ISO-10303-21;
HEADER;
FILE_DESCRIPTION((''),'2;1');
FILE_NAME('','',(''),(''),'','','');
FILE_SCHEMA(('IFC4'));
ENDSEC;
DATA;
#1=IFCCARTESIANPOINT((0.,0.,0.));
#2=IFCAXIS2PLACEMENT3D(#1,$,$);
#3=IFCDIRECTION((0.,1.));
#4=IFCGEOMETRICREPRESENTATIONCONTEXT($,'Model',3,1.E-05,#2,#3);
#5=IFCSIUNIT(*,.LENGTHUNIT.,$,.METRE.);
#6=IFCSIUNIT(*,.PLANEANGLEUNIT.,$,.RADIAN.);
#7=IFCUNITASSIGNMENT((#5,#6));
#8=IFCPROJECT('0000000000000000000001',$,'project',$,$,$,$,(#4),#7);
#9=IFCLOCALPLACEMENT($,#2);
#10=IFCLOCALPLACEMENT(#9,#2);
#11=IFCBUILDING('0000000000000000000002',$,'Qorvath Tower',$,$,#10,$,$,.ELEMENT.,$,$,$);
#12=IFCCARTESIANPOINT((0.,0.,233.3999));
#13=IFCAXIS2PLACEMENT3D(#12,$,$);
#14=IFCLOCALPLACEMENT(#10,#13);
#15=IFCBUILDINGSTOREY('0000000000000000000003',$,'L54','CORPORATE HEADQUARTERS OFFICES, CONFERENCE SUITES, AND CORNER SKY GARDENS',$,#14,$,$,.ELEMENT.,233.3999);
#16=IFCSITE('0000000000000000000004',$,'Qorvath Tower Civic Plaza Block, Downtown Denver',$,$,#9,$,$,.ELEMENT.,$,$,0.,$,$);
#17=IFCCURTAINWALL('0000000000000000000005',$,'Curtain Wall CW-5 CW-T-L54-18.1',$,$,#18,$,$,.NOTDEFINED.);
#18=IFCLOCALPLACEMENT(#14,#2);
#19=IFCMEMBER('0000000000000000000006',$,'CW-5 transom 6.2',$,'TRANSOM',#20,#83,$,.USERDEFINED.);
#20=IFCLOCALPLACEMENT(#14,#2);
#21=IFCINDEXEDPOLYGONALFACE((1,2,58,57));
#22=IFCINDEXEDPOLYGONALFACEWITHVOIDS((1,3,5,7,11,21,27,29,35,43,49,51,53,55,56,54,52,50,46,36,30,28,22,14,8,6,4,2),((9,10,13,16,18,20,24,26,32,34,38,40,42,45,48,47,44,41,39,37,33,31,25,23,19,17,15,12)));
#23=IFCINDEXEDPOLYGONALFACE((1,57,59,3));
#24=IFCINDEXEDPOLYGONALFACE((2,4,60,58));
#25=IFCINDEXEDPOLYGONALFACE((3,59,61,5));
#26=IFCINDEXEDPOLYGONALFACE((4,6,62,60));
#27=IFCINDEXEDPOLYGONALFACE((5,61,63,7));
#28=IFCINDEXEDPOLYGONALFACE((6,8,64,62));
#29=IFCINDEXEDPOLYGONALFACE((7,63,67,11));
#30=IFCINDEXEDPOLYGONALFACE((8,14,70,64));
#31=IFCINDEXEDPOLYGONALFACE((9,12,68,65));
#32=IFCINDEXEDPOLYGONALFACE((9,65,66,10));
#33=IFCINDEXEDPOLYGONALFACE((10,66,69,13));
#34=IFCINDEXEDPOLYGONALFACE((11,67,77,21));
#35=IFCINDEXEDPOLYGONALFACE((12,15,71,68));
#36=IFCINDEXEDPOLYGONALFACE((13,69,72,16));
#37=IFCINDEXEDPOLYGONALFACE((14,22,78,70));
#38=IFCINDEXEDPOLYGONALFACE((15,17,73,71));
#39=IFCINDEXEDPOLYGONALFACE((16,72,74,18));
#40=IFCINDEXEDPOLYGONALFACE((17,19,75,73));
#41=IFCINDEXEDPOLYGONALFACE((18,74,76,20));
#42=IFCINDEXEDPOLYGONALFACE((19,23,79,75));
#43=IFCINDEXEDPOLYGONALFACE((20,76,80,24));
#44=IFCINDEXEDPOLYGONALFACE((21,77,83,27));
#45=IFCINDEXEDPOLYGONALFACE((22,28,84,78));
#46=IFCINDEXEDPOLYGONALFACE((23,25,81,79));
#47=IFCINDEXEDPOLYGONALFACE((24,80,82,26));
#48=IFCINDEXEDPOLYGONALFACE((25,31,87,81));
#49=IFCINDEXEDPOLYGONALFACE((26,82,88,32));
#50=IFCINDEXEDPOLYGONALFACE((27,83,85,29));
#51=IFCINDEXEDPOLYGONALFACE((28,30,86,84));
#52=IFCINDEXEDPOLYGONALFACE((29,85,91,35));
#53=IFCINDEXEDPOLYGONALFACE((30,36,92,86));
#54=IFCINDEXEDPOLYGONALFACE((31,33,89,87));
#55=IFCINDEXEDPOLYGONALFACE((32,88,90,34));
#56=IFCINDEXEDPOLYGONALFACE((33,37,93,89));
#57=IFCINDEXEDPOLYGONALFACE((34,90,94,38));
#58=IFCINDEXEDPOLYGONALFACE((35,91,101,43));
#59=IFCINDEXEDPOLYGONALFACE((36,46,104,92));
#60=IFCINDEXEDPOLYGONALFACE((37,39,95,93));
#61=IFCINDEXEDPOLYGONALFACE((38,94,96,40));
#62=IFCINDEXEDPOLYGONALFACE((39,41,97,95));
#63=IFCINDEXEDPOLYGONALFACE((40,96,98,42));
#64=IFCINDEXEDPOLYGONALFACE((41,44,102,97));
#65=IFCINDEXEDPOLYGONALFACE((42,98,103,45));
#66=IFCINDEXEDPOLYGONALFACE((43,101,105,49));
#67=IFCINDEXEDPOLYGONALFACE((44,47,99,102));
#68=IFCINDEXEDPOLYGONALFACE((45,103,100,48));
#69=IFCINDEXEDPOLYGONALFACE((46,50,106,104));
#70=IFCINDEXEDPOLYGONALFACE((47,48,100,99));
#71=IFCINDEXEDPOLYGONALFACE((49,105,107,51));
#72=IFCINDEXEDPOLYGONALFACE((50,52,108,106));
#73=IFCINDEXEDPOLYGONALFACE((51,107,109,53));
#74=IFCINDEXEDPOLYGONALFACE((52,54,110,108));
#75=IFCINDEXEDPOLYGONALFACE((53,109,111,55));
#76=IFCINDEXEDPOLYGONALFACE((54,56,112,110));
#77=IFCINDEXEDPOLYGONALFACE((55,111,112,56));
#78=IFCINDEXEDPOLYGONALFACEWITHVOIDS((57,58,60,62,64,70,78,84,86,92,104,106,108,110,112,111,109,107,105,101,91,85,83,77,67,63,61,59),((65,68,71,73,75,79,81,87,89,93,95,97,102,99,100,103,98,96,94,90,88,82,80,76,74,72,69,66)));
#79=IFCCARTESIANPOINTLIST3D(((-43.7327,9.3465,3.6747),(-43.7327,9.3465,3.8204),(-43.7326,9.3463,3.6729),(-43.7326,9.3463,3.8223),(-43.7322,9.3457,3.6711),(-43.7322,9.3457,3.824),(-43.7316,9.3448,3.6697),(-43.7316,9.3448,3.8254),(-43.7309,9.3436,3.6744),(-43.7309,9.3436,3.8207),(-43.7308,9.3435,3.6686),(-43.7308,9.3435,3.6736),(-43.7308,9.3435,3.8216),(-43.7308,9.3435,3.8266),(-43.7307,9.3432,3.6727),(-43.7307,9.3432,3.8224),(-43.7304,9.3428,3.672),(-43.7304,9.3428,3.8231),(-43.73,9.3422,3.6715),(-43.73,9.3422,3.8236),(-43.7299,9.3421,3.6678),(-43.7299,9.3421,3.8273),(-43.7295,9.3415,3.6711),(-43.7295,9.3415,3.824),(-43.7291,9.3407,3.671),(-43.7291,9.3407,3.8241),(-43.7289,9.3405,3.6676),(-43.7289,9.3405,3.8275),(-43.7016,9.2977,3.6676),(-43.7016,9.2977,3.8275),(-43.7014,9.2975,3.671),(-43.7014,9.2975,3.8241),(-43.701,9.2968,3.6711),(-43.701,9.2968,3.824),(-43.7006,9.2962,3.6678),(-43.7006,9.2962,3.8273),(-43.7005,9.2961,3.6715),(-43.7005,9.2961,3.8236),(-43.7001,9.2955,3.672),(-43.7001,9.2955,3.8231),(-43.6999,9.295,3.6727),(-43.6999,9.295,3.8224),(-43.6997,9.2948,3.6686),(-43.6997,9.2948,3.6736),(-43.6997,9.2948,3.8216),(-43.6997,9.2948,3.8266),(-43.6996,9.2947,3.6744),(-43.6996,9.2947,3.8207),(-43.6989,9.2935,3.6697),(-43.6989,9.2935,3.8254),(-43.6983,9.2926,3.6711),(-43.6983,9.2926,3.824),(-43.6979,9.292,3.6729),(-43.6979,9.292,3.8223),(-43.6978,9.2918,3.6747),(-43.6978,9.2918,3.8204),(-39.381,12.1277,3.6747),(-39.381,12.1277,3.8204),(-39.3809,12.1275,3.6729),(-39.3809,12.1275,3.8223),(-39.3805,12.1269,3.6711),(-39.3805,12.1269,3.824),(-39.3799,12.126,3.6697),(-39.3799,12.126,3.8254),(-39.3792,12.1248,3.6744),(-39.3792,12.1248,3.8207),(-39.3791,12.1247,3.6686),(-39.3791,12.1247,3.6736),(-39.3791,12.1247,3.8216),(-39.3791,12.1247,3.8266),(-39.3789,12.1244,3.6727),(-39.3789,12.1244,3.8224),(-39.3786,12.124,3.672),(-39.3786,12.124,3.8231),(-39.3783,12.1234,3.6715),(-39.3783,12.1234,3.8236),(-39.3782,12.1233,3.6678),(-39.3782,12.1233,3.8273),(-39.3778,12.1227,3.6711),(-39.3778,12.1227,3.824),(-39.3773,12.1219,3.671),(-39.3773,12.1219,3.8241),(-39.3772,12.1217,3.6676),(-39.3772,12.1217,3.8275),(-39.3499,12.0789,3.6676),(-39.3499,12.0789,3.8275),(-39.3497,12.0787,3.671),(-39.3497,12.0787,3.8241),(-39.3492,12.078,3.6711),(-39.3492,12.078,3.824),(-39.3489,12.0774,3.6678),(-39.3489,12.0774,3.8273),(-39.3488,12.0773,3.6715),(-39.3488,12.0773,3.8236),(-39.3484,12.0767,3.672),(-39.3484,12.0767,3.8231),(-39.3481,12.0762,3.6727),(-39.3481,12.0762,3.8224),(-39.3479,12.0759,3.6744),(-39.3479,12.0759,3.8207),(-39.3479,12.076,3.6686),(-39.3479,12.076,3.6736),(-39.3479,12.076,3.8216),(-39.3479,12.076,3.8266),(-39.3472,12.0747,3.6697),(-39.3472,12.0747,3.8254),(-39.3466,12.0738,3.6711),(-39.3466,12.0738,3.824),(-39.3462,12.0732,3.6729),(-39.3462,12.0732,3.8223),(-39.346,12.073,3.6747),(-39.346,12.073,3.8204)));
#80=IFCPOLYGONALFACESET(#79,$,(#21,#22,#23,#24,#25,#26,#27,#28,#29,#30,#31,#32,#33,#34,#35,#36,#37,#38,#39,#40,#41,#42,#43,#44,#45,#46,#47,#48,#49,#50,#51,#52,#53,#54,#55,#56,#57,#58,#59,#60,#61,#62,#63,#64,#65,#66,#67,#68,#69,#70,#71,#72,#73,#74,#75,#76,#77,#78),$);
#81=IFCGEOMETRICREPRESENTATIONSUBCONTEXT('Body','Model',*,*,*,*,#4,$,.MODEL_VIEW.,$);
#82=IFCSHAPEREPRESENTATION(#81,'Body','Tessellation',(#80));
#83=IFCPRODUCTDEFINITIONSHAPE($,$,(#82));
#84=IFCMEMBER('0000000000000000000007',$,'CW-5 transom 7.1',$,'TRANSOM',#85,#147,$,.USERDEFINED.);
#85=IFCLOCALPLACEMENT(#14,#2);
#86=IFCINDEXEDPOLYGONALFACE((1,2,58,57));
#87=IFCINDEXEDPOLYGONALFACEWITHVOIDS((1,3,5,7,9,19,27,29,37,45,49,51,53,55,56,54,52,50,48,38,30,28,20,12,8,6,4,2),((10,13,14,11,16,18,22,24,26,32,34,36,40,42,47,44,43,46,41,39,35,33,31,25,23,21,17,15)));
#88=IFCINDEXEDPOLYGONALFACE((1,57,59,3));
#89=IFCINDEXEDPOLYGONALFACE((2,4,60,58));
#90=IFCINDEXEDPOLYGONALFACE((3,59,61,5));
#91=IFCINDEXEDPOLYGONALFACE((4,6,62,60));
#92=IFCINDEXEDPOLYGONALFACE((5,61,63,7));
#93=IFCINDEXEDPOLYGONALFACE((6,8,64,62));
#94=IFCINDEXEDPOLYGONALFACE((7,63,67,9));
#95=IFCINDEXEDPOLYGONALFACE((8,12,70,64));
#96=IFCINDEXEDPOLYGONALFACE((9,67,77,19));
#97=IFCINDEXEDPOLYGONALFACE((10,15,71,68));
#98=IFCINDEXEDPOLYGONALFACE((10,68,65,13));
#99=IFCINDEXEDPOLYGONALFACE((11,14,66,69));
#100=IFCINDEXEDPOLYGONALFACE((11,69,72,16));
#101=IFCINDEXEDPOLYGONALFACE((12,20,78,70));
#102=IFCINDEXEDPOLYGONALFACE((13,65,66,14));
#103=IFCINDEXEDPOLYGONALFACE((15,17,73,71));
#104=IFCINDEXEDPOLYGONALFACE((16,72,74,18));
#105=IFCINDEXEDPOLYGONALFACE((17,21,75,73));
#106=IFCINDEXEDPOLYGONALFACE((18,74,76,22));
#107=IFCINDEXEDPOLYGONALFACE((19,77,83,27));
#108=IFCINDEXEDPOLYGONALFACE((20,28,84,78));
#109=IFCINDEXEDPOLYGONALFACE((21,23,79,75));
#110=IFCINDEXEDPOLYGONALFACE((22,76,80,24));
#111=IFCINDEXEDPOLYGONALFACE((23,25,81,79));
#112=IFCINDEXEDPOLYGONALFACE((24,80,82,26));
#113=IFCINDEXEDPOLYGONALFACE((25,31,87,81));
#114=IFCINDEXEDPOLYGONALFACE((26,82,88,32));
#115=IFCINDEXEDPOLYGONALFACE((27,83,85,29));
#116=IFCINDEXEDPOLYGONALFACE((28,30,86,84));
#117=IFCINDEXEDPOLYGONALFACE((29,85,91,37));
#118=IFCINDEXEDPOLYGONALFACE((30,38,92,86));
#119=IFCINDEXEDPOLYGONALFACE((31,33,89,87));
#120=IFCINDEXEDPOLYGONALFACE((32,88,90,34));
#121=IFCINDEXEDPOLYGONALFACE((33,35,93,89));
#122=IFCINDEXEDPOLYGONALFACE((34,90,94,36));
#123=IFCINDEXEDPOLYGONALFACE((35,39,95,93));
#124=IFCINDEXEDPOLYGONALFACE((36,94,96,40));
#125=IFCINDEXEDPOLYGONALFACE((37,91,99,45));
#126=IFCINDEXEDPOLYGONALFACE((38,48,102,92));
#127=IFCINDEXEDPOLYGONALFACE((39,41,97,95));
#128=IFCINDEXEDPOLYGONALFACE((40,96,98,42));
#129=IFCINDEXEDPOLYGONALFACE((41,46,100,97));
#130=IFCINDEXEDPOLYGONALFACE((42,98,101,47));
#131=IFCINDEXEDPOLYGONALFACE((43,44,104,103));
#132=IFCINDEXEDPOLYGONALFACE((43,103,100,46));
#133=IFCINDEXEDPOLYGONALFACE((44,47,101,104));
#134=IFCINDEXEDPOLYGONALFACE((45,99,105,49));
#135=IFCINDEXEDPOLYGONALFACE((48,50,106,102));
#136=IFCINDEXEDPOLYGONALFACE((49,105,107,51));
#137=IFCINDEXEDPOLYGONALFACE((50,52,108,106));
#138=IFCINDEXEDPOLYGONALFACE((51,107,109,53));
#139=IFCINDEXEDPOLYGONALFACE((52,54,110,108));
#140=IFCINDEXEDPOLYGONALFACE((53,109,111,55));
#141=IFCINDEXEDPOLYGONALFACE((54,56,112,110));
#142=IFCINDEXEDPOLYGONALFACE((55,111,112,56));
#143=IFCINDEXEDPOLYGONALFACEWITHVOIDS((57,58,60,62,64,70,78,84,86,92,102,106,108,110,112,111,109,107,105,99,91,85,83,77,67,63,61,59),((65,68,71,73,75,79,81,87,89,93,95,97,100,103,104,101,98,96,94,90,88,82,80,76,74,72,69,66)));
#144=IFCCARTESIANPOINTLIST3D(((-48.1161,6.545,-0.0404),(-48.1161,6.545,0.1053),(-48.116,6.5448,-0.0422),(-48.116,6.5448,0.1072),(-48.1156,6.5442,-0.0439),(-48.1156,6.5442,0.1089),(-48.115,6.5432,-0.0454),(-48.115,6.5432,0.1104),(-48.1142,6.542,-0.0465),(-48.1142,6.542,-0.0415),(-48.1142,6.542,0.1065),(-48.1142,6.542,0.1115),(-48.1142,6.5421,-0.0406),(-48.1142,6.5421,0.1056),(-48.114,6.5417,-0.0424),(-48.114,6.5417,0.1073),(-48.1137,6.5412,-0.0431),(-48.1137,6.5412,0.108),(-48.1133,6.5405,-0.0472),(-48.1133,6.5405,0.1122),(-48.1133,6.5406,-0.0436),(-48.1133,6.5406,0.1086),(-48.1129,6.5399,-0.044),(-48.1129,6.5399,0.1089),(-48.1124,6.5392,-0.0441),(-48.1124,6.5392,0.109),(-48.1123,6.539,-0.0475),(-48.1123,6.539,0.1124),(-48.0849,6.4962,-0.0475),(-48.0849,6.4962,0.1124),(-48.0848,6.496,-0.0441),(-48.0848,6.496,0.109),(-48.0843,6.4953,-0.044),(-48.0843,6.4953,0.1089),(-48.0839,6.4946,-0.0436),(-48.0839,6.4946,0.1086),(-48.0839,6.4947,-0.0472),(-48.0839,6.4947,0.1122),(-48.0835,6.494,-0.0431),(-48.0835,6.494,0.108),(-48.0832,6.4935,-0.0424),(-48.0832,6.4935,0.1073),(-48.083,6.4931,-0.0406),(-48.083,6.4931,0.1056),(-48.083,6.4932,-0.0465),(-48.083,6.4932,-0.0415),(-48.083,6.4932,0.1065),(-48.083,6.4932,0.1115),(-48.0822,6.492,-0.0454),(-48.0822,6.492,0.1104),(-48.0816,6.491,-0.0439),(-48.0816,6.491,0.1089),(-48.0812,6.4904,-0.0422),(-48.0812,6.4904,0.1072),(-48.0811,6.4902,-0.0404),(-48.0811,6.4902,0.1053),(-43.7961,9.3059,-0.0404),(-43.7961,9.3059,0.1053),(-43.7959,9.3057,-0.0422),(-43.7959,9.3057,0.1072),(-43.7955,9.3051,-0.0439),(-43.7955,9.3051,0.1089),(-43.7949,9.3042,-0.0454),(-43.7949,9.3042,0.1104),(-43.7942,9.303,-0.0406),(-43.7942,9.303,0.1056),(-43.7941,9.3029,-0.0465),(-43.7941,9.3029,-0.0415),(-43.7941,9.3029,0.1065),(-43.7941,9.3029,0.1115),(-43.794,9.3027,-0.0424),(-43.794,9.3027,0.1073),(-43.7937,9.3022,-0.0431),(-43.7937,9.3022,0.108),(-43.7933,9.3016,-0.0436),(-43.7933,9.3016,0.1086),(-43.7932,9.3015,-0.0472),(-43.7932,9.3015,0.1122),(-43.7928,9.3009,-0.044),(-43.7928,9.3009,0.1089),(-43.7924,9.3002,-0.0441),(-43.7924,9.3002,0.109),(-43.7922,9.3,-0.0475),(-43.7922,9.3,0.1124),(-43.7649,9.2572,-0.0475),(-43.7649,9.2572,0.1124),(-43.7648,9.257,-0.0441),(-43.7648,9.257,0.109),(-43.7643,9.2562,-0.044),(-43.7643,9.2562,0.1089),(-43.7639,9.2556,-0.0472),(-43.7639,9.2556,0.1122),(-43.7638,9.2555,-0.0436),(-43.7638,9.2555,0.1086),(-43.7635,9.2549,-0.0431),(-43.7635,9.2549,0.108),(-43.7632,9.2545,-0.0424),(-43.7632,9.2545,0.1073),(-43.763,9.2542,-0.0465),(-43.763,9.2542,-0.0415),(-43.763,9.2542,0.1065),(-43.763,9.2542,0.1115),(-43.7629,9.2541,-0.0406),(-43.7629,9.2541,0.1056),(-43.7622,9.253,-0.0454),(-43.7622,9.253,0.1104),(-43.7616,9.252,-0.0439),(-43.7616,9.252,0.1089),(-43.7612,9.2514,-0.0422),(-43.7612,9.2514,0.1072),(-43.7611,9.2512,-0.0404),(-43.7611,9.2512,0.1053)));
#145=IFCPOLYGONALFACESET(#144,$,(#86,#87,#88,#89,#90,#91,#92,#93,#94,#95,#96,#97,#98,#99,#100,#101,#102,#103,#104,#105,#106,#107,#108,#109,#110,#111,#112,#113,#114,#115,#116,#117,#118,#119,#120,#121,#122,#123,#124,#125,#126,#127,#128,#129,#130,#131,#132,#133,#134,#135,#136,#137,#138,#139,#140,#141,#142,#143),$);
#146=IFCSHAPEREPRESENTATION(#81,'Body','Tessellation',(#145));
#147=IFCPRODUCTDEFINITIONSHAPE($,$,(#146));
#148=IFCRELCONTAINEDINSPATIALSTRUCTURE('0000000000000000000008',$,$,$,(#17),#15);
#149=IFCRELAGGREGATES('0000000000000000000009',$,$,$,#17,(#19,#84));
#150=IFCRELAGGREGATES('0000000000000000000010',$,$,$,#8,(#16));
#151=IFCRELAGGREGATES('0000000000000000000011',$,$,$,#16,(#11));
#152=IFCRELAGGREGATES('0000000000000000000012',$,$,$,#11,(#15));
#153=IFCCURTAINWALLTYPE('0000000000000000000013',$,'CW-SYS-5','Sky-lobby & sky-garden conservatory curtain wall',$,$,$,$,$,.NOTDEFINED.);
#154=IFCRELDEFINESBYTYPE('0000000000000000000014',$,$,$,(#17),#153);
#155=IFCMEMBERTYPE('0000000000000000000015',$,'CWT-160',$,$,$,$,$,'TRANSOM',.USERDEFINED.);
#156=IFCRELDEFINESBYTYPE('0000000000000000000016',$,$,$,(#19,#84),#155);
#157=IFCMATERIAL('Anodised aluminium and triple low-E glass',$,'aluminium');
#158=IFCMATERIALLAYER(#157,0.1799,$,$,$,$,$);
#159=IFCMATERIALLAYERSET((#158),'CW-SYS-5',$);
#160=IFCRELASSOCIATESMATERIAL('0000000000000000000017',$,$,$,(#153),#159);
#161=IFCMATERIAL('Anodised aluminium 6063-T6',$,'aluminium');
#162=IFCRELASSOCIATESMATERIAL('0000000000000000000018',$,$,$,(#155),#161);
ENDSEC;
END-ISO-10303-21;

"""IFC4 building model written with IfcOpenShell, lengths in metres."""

from ifc_helpers import new_model, si_unit, direction, frame, origin, origin_2d, place, context, subcontext, project, spatial, hollow_rectangle, extrude, material, layer, layer_set, material_profile, profile_set, type_object, element, aggregate, save


model = new_model("IFC4")

# Units and contexts
model_context = context("Model", 3, precision=1e-05, world=origin(), true_north=direction((0.0, 1.0)))
body_context = subcontext(model_context, "Body", "Model", "MODEL_VIEW")
ifc_project = project(units=[si_unit("LENGTHUNIT", "METRE"), si_unit("PLANEANGLEUNIT", "RADIAN")], contexts=[model_context])

# Site, building, storey
site_placement = place(None, origin())
site = spatial("IfcSite", under=ifc_project, at=site_placement, Name="Qorvath Tower Civic Plaza Block, Downtown Denver", CompositionType="ELEMENT", RefElevation=0.0)
building_placement = place(site_placement, origin())
building = spatial("IfcBuilding", under=site, at=building_placement, Name="Qorvath Tower", CompositionType="ELEMENT")
storey_placement = place(building_placement, frame((0.0, 0.0, 233.3999)))
storey = spatial("IfcBuildingStorey", under=building, at=storey_placement, Name="L54", Description="CORPORATE HEADQUARTERS OFFICES, CONFERENCE SUITES, AND CORNER SKY GARDENS", CompositionType="ELEMENT", Elevation=233.3999)

# Curtain wall
ifc_material_1 = material(Name="Anodised aluminium and triple low-E glass", Category="aluminium")
ifc_layer_1 = layer(ifc_material_1, 0.1799)
ifc_layer_set_1 = layer_set([ifc_layer_1], Name="CW-SYS-5")
curtain_wall_type = type_object("IfcCurtainWallType", Name="CW-SYS-5", Description="Sky-lobby & sky-garden conservatory curtain wall", PredefinedType="NOTDEFINED", material=ifc_layer_set_1)
curtain_wall_1_placement = place(storey_placement, origin())
curtain_wall_1 = element("IfcCurtainWall", 1, at=curtain_wall_1_placement, inside=storey, type_object=curtain_wall_type, Name="Curtain Wall CW-5 CW-T-L54-18.1", PredefinedType="NOTDEFINED")

# Members
ifc_material_2 = material(Name="Anodised aluminium 6063-T6", Category="aluminium")
ifc_material_profile_1 = material_profile(ifc_material_2, hollow_rectangle(XDim=0.0649, YDim=0.1599, WallThickness=0.0034, InnerFilletRadius=0.0034, OuterFilletRadius=0.0071, at=origin_2d()), Name="CWT 160x65")
ifc_profile_set_1 = profile_set([ifc_material_profile_1], Name="Anodised aluminium 6063-T6")
member_type_1 = type_object("IfcMemberType", Name="CWT-160", ElementType="TRANSOM", PredefinedType="USERDEFINED", material=ifc_profile_set_1)
member_1_placement = place(storey_placement, frame((-39.3635, 12.1003, 3.7476), z_axis=(-0.842615, -0.538517, 0.0), x_axis=(0.538517, -0.842615, 0.0)))
member_1 = element("IfcMember", 2, at=member_1_placement, type_object=member_type_1, Name="CW-5 transom 6.2", ObjectType="TRANSOM", PredefinedType="USERDEFINED", context=body_context, shape_type="SweptSolid", body=[
    extrude(hollow_rectangle(XDim=0.0649, YDim=0.1599, WallThickness=0.0034, InnerFilletRadius=0.0034, OuterFilletRadius=0.0071, at=origin_2d()), origin(), (0.0, 0.0, 1.0), 5.1646),
])
member_2_placement = place(storey_placement, frame((-43.7786, 9.2786, 0.0325), z_axis=(-0.842613, -0.53852, 0.0), x_axis=(0.53852, -0.842613, 0.0)))
member_2 = element("IfcMember", 3, at=member_2_placement, type_object=member_type_1, Name="CW-5 transom 7.1", ObjectType="TRANSOM", PredefinedType="USERDEFINED", context=body_context, shape_type="SweptSolid", body=[
    extrude(hollow_rectangle(XDim=0.0649, YDim=0.1599, WallThickness=0.0034, InnerFilletRadius=0.0034, OuterFilletRadius=0.0071, at=origin_2d()), origin(), (0.0, 0.0, 1.0), 5.127),
])

aggregate(curtain_wall_1, [member_1, member_2])

save(model, "model.ifc")
